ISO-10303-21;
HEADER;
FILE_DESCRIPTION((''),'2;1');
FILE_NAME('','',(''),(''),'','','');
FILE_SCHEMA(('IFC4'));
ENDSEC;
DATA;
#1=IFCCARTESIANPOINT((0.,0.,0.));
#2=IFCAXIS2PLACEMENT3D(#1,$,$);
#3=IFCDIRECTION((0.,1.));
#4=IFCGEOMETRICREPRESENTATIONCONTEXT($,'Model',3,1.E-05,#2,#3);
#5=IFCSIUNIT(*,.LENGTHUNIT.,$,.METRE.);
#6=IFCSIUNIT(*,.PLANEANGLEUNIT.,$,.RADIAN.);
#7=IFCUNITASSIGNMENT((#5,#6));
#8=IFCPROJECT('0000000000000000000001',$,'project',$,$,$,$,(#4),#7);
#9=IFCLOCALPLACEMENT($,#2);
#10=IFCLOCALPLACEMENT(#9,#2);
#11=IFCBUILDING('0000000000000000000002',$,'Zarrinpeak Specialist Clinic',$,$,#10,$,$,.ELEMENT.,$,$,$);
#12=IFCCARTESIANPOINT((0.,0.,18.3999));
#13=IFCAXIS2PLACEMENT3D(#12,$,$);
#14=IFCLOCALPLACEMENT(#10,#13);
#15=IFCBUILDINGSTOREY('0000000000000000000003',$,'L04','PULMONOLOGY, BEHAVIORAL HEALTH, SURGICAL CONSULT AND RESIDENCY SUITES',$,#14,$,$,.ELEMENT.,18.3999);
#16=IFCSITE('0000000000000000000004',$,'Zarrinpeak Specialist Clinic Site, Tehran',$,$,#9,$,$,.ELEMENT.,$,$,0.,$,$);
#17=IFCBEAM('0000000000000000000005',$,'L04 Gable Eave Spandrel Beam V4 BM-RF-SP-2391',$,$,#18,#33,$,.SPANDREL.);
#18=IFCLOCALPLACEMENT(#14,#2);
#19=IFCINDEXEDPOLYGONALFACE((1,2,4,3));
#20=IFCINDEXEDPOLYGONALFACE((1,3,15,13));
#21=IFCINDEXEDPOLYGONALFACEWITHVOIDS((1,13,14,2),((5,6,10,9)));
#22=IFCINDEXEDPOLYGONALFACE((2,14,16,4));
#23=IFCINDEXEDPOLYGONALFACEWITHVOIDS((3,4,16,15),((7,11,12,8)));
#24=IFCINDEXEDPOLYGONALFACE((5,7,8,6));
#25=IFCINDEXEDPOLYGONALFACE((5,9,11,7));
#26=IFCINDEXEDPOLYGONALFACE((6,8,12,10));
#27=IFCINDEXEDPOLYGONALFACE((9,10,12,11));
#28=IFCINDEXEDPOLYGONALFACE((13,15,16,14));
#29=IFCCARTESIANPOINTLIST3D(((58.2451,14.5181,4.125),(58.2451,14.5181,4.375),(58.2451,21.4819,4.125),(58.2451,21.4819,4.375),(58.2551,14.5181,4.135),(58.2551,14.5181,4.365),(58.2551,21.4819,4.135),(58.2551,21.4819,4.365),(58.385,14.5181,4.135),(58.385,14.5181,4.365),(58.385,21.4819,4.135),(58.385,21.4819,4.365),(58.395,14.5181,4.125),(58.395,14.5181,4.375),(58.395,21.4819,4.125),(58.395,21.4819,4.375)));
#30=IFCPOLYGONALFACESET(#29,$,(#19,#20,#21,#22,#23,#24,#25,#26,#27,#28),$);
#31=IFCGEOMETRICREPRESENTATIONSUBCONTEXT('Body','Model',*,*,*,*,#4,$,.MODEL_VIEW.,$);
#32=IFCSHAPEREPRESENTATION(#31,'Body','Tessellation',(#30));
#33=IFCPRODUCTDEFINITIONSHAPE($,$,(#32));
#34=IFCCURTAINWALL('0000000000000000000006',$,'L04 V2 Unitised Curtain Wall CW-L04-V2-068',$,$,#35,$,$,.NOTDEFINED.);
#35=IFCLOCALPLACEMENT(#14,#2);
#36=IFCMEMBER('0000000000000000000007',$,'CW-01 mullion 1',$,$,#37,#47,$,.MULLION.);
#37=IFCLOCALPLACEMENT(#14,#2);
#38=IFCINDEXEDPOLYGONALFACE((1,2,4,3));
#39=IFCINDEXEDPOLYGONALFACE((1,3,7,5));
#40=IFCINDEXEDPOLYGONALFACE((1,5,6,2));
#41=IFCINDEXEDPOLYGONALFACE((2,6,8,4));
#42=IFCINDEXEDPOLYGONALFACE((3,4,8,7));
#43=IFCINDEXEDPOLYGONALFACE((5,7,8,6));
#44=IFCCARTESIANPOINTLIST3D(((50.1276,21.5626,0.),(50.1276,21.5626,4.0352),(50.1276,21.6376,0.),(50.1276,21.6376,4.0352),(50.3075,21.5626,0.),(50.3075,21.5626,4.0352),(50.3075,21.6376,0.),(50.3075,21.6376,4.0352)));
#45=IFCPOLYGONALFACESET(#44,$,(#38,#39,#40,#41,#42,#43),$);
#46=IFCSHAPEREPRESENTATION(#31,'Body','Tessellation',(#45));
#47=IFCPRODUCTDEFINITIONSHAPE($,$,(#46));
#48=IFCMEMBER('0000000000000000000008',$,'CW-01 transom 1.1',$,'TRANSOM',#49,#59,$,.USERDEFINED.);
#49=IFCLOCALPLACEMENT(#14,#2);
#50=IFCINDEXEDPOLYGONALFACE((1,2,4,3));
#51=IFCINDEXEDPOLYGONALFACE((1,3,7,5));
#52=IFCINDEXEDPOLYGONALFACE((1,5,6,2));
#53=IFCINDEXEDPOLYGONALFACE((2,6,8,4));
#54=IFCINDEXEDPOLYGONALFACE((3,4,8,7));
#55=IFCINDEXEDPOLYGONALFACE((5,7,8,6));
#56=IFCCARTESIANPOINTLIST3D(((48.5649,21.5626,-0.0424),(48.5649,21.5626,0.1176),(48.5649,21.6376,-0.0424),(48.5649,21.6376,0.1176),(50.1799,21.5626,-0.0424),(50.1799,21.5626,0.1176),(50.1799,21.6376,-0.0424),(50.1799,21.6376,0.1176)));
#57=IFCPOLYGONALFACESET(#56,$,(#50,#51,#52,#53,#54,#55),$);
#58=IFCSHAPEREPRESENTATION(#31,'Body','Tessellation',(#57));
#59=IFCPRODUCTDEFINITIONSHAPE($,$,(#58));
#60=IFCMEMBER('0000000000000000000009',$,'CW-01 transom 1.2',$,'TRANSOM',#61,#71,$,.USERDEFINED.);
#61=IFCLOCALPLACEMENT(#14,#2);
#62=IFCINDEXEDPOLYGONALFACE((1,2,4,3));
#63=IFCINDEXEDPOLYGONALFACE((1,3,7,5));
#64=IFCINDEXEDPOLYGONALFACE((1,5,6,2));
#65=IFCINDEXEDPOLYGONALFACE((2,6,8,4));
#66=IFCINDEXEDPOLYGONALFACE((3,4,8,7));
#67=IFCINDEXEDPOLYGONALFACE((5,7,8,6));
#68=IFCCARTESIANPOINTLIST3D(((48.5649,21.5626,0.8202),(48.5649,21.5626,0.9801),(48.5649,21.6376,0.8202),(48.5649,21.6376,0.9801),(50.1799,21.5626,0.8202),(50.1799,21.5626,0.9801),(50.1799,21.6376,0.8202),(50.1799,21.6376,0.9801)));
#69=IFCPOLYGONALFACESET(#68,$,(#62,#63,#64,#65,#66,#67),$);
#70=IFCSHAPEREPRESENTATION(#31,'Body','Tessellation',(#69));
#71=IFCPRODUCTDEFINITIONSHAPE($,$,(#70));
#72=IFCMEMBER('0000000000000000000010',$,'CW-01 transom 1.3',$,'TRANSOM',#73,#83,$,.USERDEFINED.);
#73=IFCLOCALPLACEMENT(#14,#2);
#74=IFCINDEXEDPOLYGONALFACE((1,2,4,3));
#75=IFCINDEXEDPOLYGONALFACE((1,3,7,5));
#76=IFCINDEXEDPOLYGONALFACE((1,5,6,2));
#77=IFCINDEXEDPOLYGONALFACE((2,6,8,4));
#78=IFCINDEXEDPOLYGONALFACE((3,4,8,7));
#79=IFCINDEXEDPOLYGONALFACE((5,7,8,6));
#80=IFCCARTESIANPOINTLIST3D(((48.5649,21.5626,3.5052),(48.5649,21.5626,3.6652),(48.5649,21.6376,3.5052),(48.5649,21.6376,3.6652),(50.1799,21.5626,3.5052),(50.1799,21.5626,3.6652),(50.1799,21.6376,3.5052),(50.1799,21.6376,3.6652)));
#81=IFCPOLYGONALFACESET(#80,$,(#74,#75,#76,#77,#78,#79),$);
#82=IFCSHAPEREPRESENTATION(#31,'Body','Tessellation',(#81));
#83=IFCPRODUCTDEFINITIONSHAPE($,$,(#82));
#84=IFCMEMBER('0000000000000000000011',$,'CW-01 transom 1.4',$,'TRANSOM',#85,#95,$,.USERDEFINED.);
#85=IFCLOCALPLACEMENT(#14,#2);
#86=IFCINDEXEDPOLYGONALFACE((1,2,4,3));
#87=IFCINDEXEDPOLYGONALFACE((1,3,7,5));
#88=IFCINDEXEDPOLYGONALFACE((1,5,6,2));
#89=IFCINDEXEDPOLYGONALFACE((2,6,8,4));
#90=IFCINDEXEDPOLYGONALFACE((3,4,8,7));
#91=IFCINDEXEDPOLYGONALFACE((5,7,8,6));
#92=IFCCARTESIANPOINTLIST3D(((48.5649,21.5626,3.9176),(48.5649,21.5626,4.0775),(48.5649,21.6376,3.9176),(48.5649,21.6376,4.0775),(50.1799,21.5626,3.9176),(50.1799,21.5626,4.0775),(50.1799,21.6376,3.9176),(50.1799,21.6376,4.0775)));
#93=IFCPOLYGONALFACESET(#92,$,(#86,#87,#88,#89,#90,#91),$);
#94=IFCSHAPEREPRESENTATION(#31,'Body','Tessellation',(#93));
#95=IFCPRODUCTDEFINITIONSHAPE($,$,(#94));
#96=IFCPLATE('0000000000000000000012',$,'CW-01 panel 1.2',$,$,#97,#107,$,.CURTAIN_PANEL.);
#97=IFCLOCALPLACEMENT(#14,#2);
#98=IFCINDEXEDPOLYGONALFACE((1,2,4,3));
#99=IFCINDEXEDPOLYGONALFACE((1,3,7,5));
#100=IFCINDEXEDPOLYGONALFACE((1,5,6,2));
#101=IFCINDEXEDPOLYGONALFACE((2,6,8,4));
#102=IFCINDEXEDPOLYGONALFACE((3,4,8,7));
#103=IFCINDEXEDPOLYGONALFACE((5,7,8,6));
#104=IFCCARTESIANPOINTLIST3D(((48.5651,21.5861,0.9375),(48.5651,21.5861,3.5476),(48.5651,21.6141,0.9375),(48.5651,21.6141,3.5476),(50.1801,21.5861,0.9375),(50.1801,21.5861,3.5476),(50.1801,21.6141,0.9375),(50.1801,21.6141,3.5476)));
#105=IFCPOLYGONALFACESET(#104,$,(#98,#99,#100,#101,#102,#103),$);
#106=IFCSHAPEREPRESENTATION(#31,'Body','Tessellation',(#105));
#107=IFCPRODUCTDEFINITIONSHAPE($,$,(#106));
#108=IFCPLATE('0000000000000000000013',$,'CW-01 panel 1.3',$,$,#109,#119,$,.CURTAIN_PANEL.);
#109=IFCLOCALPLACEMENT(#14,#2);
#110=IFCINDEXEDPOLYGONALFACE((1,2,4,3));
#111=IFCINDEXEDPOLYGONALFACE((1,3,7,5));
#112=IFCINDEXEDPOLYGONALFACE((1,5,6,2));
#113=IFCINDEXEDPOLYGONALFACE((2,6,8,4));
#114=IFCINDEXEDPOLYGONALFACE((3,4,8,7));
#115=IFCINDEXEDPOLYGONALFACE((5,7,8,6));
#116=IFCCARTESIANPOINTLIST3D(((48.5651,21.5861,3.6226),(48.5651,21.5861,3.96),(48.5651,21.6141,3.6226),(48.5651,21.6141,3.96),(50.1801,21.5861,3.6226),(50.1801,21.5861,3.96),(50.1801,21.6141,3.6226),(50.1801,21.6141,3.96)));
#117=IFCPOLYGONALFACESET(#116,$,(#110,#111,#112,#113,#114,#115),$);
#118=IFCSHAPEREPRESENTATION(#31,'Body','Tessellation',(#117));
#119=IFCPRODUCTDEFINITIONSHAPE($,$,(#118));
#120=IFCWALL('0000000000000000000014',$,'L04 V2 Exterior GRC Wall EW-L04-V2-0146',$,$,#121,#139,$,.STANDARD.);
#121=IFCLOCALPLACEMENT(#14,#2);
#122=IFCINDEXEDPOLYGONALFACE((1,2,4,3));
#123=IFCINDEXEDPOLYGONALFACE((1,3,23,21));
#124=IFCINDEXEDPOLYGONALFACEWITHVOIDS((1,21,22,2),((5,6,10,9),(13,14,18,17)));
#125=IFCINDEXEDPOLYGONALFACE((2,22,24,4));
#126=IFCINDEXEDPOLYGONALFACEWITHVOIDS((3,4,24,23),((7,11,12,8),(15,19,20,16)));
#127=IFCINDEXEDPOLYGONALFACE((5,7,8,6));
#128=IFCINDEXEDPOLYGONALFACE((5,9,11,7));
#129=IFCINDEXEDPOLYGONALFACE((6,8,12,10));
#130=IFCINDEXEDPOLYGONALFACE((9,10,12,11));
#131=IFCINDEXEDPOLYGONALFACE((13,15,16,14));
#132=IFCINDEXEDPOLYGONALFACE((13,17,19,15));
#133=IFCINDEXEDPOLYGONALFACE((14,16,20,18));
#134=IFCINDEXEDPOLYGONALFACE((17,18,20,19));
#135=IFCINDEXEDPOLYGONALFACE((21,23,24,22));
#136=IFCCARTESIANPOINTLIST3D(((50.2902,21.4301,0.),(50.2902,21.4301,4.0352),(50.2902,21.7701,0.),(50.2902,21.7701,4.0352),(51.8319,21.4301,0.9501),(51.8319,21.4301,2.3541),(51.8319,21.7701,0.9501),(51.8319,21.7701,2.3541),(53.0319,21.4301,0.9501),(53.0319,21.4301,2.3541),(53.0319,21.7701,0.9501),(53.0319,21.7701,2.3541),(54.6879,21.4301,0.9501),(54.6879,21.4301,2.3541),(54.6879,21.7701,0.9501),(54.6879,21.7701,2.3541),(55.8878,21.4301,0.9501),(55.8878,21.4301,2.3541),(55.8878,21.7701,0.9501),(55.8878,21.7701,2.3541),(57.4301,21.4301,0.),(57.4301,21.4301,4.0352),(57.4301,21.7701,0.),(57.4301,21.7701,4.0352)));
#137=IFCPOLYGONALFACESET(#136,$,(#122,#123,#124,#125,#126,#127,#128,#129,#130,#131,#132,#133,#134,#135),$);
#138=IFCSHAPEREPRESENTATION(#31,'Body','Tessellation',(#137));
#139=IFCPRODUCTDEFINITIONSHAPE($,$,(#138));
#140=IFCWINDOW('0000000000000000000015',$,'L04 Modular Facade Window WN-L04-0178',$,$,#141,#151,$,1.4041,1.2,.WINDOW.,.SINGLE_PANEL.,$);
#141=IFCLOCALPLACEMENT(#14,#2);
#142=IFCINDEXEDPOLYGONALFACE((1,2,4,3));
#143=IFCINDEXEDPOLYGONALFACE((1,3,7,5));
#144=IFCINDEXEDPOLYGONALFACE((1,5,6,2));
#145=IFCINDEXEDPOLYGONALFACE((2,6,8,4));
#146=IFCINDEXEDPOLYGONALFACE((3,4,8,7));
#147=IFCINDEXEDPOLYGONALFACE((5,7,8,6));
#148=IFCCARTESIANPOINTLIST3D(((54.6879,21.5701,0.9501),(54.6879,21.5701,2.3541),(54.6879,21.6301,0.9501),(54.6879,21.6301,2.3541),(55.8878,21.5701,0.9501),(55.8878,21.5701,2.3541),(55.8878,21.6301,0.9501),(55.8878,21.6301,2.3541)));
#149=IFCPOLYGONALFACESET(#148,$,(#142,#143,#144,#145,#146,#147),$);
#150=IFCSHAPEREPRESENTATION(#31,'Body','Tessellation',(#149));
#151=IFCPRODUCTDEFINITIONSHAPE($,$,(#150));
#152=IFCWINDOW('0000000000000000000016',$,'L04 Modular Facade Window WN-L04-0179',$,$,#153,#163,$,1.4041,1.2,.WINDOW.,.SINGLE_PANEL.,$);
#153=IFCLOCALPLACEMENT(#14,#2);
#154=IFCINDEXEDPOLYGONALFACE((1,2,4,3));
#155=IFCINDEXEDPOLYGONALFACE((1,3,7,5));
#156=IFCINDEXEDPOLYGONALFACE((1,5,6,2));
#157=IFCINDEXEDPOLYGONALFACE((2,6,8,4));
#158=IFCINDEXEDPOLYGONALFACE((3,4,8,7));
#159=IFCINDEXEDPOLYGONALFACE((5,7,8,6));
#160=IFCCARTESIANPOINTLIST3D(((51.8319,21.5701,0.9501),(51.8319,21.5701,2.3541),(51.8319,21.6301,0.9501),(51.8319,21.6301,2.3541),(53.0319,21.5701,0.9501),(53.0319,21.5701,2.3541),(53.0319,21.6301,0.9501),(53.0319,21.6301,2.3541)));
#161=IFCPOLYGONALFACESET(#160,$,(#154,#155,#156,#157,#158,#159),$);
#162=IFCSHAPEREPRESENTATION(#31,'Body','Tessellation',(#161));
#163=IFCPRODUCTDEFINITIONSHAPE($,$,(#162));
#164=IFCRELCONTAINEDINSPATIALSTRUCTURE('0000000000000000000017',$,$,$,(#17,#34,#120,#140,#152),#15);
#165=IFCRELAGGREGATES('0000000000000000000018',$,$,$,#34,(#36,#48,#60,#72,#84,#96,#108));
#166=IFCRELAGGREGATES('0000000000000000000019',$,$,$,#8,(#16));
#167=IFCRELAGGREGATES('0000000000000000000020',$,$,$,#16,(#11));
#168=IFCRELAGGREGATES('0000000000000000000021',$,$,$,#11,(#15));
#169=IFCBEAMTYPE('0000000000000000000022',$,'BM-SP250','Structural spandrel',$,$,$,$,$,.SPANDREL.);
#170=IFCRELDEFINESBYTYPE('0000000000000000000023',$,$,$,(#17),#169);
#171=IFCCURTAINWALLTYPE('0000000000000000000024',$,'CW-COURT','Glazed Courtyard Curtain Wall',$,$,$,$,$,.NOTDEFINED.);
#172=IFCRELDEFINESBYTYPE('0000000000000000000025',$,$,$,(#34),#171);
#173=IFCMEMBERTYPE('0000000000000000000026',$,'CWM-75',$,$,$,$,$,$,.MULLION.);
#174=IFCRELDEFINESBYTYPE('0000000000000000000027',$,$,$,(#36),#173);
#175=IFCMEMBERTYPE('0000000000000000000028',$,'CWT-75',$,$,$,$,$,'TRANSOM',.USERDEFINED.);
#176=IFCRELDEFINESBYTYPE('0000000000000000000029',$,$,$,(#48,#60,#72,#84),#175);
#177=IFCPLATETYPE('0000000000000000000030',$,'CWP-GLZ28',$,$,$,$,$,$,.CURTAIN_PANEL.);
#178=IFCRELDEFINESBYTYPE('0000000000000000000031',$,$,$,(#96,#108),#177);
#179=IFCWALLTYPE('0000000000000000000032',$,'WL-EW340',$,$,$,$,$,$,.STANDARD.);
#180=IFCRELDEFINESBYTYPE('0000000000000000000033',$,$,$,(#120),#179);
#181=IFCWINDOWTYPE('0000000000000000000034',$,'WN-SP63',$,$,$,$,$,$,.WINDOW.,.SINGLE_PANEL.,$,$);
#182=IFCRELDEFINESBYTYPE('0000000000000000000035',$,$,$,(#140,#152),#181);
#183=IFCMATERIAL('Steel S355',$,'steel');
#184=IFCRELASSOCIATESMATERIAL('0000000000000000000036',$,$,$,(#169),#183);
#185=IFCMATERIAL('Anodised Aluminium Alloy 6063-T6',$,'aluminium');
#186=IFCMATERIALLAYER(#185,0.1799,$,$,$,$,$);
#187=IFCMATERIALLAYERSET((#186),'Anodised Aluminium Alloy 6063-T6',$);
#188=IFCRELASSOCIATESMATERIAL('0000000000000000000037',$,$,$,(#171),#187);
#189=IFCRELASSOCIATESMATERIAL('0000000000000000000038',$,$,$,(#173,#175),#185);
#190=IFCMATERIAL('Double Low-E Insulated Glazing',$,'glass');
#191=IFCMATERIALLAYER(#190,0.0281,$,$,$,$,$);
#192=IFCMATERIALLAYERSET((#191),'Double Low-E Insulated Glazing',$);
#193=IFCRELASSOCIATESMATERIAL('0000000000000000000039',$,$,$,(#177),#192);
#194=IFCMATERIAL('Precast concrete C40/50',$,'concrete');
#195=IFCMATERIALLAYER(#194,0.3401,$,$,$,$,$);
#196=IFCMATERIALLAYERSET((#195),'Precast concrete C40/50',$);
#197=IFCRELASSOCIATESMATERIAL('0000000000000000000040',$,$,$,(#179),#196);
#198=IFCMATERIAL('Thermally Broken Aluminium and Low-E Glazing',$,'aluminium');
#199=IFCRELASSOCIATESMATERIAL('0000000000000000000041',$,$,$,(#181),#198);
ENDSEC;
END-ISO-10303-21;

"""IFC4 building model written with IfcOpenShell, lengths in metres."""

from ifc_helpers import new_model, si_unit, direction, frame, frame_2d, origin, origin_2d, place, context, subcontext, project, spatial, rectangle, hollow_rectangle, extrude, material, layer, layer_set, material_profile, profile_set, type_object, element, fill, aggregate, save


model = new_model("IFC4")

# Units and contexts
model_context = context("Model", 3, precision=1e-05, world=origin(), true_north=direction((0.0, 1.0)))
body_context = subcontext(model_context, "Body", "Model", "MODEL_VIEW")
ifc_project = project(units=[si_unit("LENGTHUNIT", "METRE"), si_unit("PLANEANGLEUNIT", "RADIAN")], contexts=[model_context])

# Site, building, storey
site_placement = place(None, origin())
site = spatial("IfcSite", under=ifc_project, at=site_placement, Name="Zarrinpeak Specialist Clinic Site, Tehran", CompositionType="ELEMENT", RefElevation=0.0)
building_placement = place(site_placement, origin())
building = spatial("IfcBuilding", under=site, at=building_placement, Name="Zarrinpeak Specialist Clinic", CompositionType="ELEMENT")
storey_placement = place(building_placement, frame((0.0, 0.0, 18.3999)))
storey = spatial("IfcBuildingStorey", under=building, at=storey_placement, Name="L04", Description="PULMONOLOGY, BEHAVIORAL HEALTH, SURGICAL CONSULT AND RESIDENCY SUITES", CompositionType="ELEMENT", Elevation=18.3999)

# Shared definitions
ifc_material_1 = material(Name="Steel S355", Category="steel")

# Beam
ifc_material_profile_1 = material_profile(ifc_material_1, hollow_rectangle(XDim=0.1499, YDim=0.25, WallThickness=0.01, at=origin_2d()), Name="RHS 250x150x10.0")
ifc_profile_set_1 = profile_set([ifc_material_profile_1], Name="Steel S355")
beam_type_1 = type_object("IfcBeamType", Name="BM-SP250", Description="Structural spandrel", PredefinedType="SPANDREL", material=ifc_profile_set_1)
beam_1_placement = place(storey_placement, frame((58.3201, 14.5181, 4.25), z_axis=(0.0, 1.0, 0.0), x_axis=(-1.0, 0.0, 0.0)))
element("IfcBeam", 1, at=beam_1_placement, inside=storey, type_object=beam_type_1, Name="L04 Gable Eave Spandrel Beam V4 BM-RF-SP-2391", PredefinedType="SPANDREL", context=body_context, shape_type="SweptSolid", body=[
    extrude(hollow_rectangle(XDim=0.1499, YDim=0.25, WallThickness=0.01, at=origin_2d()), origin(), (0.0, 0.0, 1.0), 6.9639),
])

# Curtain wall, members, plates
ifc_material_2 = material(Name="Anodised Aluminium Alloy 6063-T6", Category="aluminium")
ifc_layer_1 = layer(ifc_material_2, 0.1799)
ifc_layer_set_1 = layer_set([ifc_layer_1], Name="Anodised Aluminium Alloy 6063-T6")
curtain_wall_type = type_object("IfcCurtainWallType", Name="CW-COURT", Description="Glazed Courtyard Curtain Wall", PredefinedType="NOTDEFINED", material=ifc_layer_set_1)
curtain_wall_placement = place(storey_placement, origin())
curtain_wall = element("IfcCurtainWall", 2, at=curtain_wall_placement, inside=storey, type_object=curtain_wall_type, Name="L04 V2 Unitised Curtain Wall CW-L04-V2-068", PredefinedType="NOTDEFINED")
ifc_material_profile_2 = material_profile(ifc_material_2, rectangle(XDim=0.075, YDim=0.1799, at=origin_2d()), Name="ALU 75x180")
ifc_profile_set_2 = profile_set([ifc_material_profile_2], Name="Anodised Aluminium Alloy 6063-T6")
member_type_1 = type_object("IfcMemberType", Name="CWM-75", PredefinedType="MULLION", material=ifc_profile_set_2)
member_1_placement = place(storey_placement, frame((50.2175, 21.6001, 0.0), z_axis=(0.0, 0.0, 1.0), x_axis=(0.0, -1.0, 0.0)))
member_1 = element("IfcMember", 3, at=member_1_placement, type_object=member_type_1, Name="CW-01 mullion 1", PredefinedType="MULLION", context=body_context, shape_type="SweptSolid", body=[
    extrude(rectangle(XDim=0.075, YDim=0.1799, at=origin_2d()), origin(), (0.0, 0.0, 1.0), 4.0352),
])
ifc_material_profile_3 = material_profile(ifc_material_2, rectangle(XDim=0.075, YDim=0.1599, at=origin_2d()), Name="ALU 75x160")
ifc_profile_set_3 = profile_set([ifc_material_profile_3], Name="Anodised Aluminium Alloy 6063-T6")
member_type_2 = type_object("IfcMemberType", Name="CWT-75", ElementType="TRANSOM", PredefinedType="USERDEFINED", material=ifc_profile_set_3)
member_2_placement = place(storey_placement, frame((50.1799, 21.6001, 0.0376), z_axis=(-1.0, 0.0, 0.0), x_axis=(0.0, -1.0, 0.0)))
member_2 = element("IfcMember", 4, at=member_2_placement, type_object=member_type_2, Name="CW-01 transom 1.1", ObjectType="TRANSOM", PredefinedType="USERDEFINED", context=body_context, shape_type="SweptSolid", body=[
    extrude(rectangle(XDim=0.075, YDim=0.1599, at=origin_2d()), origin(), (0.0, 0.0, 1.0), 1.615),
])
member_3_placement = place(storey_placement, frame((50.1799, 21.6001, 0.9001), z_axis=(-1.0, 0.0, 0.0), x_axis=(0.0, -1.0, 0.0)))
member_3 = element("IfcMember", 5, at=member_3_placement, type_object=member_type_2, Name="CW-01 transom 1.2", ObjectType="TRANSOM", PredefinedType="USERDEFINED", context=body_context, shape_type="SweptSolid", body=[
    extrude(rectangle(XDim=0.075, YDim=0.1599, at=origin_2d()), origin(), (0.0, 0.0, 1.0), 1.615),
])
member_4_placement = place(storey_placement, frame((50.1799, 21.6001, 3.5852), z_axis=(-1.0, 0.0, 0.0), x_axis=(0.0, -1.0, 0.0)))
member_4 = element("IfcMember", 6, at=member_4_placement, type_object=member_type_2, Name="CW-01 transom 1.3", ObjectType="TRANSOM", PredefinedType="USERDEFINED", context=body_context, shape_type="SweptSolid", body=[
    extrude(rectangle(XDim=0.075, YDim=0.1599, at=origin_2d()), origin(), (0.0, 0.0, 1.0), 1.615),
])
member_5_placement = place(storey_placement, frame((50.1799, 21.6001, 3.9976), z_axis=(-1.0, 0.0, 0.0), x_axis=(0.0, -1.0, 0.0)))
member_5 = element("IfcMember", 7, at=member_5_placement, type_object=member_type_2, Name="CW-01 transom 1.4", ObjectType="TRANSOM", PredefinedType="USERDEFINED", context=body_context, shape_type="SweptSolid", body=[
    extrude(rectangle(XDim=0.075, YDim=0.1599, at=origin_2d()), origin(), (0.0, 0.0, 1.0), 1.615),
])
ifc_material_3 = material(Name="Double Low-E Insulated Glazing", Category="glass")
ifc_layer_2 = layer(ifc_material_3, 0.0281)
ifc_layer_set_2 = layer_set([ifc_layer_2], Name="Double Low-E Insulated Glazing")
plate_type = type_object("IfcPlateType", Name="CWP-GLZ28", PredefinedType="CURTAIN_PANEL", material=ifc_layer_set_2)
plate_1_placement = place(storey_placement, frame((49.3726, 21.6001, 0.9375), z_axis=(0.0, 0.0, 1.0), x_axis=(-1.0, 0.0, 0.0)))
plate_1 = element("IfcPlate", 8, at=plate_1_placement, type_object=plate_type, Name="CW-01 panel 1.2", PredefinedType="CURTAIN_PANEL", context=body_context, shape_type="SweptSolid", body=[
    extrude(rectangle(XDim=1.615, YDim=0.0281, at=origin_2d()), origin(), (0.0, 0.0, 1.0), 2.6101),
])
plate_2_placement = place(storey_placement, frame((49.3726, 21.6001, 3.6226), z_axis=(0.0, 0.0, 1.0), x_axis=(-1.0, 0.0, 0.0)))
plate_2 = element("IfcPlate", 9, at=plate_2_placement, type_object=plate_type, Name="CW-01 panel 1.3", PredefinedType="CURTAIN_PANEL", context=body_context, shape_type="SweptSolid", body=[
    extrude(rectangle(XDim=1.615, YDim=0.0281, at=origin_2d()), origin(), (0.0, 0.0, 1.0), 0.3374),
])
aggregate(curtain_wall, [member_1, member_2, member_3, member_4, member_5, plate_1, plate_2])

# Wall, openings, windows
ifc_material_4 = material(Name="Precast concrete C40/50", Category="concrete")
ifc_layer_3 = layer(ifc_material_4, 0.3401)
ifc_layer_set_3 = layer_set([ifc_layer_3], Name="Precast concrete C40/50")
wall_type = type_object("IfcWallType", Name="WL-EW340", PredefinedType="STANDARD", material=ifc_layer_set_3)
wall_1_placement = place(storey_placement, frame((57.4299, 21.6001, 0.0), z_axis=(0.0, 0.0, 1.0), x_axis=(-1.0, 0.0, 0.0)))
wall_1 = element("IfcWall", 10, at=wall_1_placement, inside=storey, type_object=wall_type, Name="L04 V2 Exterior GRC Wall EW-L04-V2-0146", PredefinedType="STANDARD", context=body_context, shape_type="SweptSolid", body=[
    extrude(rectangle(XDim=7.1399, YDim=0.3401, at=frame_2d((3.5698, 0.0))), origin(), (0.0, 0.0, 1.0), 4.0352),
])
opening_1_placement = place(wall_1_placement, frame((1.542, 0.0, 0.95)))
opening_1 = element("IfcOpeningElement", 11, at=opening_1_placement, cuts=wall_1, PredefinedType="OPENING", context=body_context, shape_type="SweptSolid", body=[
    extrude(rectangle(XDim=1.2, YDim=1.4041, at=frame_2d((0.6001, 0.7021))), frame((0.0, 0.1802, 0.0), z_axis=(0.0, -1.0, 0.0), x_axis=(1.0, 0.0, 0.0)), (0.0, 0.0, 1.0), 0.3601),
])
opening_2_placement = place(wall_1_placement, frame((4.3979, 0.0, 0.95)))
opening_2 = element("IfcOpeningElement", 12, at=opening_2_placement, cuts=wall_1, PredefinedType="OPENING", context=body_context, shape_type="SweptSolid", body=[
    extrude(rectangle(XDim=1.2, YDim=1.4041, at=frame_2d((0.6001, 0.7021))), frame((0.0, 0.1802, 0.0), z_axis=(0.0, -1.0, 0.0), x_axis=(1.0, 0.0, 0.0)), (0.0, 0.0, 1.0), 0.3601),
])
ifc_material_5 = material(Name="Thermally Broken Aluminium and Low-E Glazing", Category="aluminium")
window_type_1 = type_object("IfcWindowType", Name="WN-SP63", PartitioningType="SINGLE_PANEL", PredefinedType="WINDOW", material=ifc_material_5)
window_1_placement = place(opening_1_placement, origin())
window_1 = element("IfcWindow", 13, at=window_1_placement, inside=storey, type_object=window_type_1, Name="L04 Modular Facade Window WN-L04-0178", OverallHeight=1.4041, OverallWidth=1.2, PartitioningType="SINGLE_PANEL", PredefinedType="WINDOW", context=body_context, shape_type="SweptSolid", body=[
    extrude(rectangle(XDim=1.2, YDim=1.4041, at=frame_2d((0.6001, 0.7021))), frame((0.0, 0.03, 0.0), z_axis=(0.0, -1.0, 0.0), x_axis=(1.0, 0.0, 0.0)), (0.0, 0.0, 1.0), 0.0601),
])
fill(opening_1, window_1)
window_2_placement = place(opening_2_placement, origin())
window_2 = element("IfcWindow", 14, at=window_2_placement, inside=storey, type_object=window_type_1, Name="L04 Modular Facade Window WN-L04-0179", OverallHeight=1.4041, OverallWidth=1.2, PartitioningType="SINGLE_PANEL", PredefinedType="WINDOW", context=body_context, shape_type="SweptSolid", body=[
    extrude(rectangle(XDim=1.2, YDim=1.4041, at=frame_2d((0.6001, 0.7021))), frame((0.0, 0.03, 0.0), z_axis=(0.0, -1.0, 0.0), x_axis=(1.0, 0.0, 0.0)), (0.0, 0.0, 1.0), 0.0601),
])
fill(opening_2, window_2)

save(model, "model.ifc")
